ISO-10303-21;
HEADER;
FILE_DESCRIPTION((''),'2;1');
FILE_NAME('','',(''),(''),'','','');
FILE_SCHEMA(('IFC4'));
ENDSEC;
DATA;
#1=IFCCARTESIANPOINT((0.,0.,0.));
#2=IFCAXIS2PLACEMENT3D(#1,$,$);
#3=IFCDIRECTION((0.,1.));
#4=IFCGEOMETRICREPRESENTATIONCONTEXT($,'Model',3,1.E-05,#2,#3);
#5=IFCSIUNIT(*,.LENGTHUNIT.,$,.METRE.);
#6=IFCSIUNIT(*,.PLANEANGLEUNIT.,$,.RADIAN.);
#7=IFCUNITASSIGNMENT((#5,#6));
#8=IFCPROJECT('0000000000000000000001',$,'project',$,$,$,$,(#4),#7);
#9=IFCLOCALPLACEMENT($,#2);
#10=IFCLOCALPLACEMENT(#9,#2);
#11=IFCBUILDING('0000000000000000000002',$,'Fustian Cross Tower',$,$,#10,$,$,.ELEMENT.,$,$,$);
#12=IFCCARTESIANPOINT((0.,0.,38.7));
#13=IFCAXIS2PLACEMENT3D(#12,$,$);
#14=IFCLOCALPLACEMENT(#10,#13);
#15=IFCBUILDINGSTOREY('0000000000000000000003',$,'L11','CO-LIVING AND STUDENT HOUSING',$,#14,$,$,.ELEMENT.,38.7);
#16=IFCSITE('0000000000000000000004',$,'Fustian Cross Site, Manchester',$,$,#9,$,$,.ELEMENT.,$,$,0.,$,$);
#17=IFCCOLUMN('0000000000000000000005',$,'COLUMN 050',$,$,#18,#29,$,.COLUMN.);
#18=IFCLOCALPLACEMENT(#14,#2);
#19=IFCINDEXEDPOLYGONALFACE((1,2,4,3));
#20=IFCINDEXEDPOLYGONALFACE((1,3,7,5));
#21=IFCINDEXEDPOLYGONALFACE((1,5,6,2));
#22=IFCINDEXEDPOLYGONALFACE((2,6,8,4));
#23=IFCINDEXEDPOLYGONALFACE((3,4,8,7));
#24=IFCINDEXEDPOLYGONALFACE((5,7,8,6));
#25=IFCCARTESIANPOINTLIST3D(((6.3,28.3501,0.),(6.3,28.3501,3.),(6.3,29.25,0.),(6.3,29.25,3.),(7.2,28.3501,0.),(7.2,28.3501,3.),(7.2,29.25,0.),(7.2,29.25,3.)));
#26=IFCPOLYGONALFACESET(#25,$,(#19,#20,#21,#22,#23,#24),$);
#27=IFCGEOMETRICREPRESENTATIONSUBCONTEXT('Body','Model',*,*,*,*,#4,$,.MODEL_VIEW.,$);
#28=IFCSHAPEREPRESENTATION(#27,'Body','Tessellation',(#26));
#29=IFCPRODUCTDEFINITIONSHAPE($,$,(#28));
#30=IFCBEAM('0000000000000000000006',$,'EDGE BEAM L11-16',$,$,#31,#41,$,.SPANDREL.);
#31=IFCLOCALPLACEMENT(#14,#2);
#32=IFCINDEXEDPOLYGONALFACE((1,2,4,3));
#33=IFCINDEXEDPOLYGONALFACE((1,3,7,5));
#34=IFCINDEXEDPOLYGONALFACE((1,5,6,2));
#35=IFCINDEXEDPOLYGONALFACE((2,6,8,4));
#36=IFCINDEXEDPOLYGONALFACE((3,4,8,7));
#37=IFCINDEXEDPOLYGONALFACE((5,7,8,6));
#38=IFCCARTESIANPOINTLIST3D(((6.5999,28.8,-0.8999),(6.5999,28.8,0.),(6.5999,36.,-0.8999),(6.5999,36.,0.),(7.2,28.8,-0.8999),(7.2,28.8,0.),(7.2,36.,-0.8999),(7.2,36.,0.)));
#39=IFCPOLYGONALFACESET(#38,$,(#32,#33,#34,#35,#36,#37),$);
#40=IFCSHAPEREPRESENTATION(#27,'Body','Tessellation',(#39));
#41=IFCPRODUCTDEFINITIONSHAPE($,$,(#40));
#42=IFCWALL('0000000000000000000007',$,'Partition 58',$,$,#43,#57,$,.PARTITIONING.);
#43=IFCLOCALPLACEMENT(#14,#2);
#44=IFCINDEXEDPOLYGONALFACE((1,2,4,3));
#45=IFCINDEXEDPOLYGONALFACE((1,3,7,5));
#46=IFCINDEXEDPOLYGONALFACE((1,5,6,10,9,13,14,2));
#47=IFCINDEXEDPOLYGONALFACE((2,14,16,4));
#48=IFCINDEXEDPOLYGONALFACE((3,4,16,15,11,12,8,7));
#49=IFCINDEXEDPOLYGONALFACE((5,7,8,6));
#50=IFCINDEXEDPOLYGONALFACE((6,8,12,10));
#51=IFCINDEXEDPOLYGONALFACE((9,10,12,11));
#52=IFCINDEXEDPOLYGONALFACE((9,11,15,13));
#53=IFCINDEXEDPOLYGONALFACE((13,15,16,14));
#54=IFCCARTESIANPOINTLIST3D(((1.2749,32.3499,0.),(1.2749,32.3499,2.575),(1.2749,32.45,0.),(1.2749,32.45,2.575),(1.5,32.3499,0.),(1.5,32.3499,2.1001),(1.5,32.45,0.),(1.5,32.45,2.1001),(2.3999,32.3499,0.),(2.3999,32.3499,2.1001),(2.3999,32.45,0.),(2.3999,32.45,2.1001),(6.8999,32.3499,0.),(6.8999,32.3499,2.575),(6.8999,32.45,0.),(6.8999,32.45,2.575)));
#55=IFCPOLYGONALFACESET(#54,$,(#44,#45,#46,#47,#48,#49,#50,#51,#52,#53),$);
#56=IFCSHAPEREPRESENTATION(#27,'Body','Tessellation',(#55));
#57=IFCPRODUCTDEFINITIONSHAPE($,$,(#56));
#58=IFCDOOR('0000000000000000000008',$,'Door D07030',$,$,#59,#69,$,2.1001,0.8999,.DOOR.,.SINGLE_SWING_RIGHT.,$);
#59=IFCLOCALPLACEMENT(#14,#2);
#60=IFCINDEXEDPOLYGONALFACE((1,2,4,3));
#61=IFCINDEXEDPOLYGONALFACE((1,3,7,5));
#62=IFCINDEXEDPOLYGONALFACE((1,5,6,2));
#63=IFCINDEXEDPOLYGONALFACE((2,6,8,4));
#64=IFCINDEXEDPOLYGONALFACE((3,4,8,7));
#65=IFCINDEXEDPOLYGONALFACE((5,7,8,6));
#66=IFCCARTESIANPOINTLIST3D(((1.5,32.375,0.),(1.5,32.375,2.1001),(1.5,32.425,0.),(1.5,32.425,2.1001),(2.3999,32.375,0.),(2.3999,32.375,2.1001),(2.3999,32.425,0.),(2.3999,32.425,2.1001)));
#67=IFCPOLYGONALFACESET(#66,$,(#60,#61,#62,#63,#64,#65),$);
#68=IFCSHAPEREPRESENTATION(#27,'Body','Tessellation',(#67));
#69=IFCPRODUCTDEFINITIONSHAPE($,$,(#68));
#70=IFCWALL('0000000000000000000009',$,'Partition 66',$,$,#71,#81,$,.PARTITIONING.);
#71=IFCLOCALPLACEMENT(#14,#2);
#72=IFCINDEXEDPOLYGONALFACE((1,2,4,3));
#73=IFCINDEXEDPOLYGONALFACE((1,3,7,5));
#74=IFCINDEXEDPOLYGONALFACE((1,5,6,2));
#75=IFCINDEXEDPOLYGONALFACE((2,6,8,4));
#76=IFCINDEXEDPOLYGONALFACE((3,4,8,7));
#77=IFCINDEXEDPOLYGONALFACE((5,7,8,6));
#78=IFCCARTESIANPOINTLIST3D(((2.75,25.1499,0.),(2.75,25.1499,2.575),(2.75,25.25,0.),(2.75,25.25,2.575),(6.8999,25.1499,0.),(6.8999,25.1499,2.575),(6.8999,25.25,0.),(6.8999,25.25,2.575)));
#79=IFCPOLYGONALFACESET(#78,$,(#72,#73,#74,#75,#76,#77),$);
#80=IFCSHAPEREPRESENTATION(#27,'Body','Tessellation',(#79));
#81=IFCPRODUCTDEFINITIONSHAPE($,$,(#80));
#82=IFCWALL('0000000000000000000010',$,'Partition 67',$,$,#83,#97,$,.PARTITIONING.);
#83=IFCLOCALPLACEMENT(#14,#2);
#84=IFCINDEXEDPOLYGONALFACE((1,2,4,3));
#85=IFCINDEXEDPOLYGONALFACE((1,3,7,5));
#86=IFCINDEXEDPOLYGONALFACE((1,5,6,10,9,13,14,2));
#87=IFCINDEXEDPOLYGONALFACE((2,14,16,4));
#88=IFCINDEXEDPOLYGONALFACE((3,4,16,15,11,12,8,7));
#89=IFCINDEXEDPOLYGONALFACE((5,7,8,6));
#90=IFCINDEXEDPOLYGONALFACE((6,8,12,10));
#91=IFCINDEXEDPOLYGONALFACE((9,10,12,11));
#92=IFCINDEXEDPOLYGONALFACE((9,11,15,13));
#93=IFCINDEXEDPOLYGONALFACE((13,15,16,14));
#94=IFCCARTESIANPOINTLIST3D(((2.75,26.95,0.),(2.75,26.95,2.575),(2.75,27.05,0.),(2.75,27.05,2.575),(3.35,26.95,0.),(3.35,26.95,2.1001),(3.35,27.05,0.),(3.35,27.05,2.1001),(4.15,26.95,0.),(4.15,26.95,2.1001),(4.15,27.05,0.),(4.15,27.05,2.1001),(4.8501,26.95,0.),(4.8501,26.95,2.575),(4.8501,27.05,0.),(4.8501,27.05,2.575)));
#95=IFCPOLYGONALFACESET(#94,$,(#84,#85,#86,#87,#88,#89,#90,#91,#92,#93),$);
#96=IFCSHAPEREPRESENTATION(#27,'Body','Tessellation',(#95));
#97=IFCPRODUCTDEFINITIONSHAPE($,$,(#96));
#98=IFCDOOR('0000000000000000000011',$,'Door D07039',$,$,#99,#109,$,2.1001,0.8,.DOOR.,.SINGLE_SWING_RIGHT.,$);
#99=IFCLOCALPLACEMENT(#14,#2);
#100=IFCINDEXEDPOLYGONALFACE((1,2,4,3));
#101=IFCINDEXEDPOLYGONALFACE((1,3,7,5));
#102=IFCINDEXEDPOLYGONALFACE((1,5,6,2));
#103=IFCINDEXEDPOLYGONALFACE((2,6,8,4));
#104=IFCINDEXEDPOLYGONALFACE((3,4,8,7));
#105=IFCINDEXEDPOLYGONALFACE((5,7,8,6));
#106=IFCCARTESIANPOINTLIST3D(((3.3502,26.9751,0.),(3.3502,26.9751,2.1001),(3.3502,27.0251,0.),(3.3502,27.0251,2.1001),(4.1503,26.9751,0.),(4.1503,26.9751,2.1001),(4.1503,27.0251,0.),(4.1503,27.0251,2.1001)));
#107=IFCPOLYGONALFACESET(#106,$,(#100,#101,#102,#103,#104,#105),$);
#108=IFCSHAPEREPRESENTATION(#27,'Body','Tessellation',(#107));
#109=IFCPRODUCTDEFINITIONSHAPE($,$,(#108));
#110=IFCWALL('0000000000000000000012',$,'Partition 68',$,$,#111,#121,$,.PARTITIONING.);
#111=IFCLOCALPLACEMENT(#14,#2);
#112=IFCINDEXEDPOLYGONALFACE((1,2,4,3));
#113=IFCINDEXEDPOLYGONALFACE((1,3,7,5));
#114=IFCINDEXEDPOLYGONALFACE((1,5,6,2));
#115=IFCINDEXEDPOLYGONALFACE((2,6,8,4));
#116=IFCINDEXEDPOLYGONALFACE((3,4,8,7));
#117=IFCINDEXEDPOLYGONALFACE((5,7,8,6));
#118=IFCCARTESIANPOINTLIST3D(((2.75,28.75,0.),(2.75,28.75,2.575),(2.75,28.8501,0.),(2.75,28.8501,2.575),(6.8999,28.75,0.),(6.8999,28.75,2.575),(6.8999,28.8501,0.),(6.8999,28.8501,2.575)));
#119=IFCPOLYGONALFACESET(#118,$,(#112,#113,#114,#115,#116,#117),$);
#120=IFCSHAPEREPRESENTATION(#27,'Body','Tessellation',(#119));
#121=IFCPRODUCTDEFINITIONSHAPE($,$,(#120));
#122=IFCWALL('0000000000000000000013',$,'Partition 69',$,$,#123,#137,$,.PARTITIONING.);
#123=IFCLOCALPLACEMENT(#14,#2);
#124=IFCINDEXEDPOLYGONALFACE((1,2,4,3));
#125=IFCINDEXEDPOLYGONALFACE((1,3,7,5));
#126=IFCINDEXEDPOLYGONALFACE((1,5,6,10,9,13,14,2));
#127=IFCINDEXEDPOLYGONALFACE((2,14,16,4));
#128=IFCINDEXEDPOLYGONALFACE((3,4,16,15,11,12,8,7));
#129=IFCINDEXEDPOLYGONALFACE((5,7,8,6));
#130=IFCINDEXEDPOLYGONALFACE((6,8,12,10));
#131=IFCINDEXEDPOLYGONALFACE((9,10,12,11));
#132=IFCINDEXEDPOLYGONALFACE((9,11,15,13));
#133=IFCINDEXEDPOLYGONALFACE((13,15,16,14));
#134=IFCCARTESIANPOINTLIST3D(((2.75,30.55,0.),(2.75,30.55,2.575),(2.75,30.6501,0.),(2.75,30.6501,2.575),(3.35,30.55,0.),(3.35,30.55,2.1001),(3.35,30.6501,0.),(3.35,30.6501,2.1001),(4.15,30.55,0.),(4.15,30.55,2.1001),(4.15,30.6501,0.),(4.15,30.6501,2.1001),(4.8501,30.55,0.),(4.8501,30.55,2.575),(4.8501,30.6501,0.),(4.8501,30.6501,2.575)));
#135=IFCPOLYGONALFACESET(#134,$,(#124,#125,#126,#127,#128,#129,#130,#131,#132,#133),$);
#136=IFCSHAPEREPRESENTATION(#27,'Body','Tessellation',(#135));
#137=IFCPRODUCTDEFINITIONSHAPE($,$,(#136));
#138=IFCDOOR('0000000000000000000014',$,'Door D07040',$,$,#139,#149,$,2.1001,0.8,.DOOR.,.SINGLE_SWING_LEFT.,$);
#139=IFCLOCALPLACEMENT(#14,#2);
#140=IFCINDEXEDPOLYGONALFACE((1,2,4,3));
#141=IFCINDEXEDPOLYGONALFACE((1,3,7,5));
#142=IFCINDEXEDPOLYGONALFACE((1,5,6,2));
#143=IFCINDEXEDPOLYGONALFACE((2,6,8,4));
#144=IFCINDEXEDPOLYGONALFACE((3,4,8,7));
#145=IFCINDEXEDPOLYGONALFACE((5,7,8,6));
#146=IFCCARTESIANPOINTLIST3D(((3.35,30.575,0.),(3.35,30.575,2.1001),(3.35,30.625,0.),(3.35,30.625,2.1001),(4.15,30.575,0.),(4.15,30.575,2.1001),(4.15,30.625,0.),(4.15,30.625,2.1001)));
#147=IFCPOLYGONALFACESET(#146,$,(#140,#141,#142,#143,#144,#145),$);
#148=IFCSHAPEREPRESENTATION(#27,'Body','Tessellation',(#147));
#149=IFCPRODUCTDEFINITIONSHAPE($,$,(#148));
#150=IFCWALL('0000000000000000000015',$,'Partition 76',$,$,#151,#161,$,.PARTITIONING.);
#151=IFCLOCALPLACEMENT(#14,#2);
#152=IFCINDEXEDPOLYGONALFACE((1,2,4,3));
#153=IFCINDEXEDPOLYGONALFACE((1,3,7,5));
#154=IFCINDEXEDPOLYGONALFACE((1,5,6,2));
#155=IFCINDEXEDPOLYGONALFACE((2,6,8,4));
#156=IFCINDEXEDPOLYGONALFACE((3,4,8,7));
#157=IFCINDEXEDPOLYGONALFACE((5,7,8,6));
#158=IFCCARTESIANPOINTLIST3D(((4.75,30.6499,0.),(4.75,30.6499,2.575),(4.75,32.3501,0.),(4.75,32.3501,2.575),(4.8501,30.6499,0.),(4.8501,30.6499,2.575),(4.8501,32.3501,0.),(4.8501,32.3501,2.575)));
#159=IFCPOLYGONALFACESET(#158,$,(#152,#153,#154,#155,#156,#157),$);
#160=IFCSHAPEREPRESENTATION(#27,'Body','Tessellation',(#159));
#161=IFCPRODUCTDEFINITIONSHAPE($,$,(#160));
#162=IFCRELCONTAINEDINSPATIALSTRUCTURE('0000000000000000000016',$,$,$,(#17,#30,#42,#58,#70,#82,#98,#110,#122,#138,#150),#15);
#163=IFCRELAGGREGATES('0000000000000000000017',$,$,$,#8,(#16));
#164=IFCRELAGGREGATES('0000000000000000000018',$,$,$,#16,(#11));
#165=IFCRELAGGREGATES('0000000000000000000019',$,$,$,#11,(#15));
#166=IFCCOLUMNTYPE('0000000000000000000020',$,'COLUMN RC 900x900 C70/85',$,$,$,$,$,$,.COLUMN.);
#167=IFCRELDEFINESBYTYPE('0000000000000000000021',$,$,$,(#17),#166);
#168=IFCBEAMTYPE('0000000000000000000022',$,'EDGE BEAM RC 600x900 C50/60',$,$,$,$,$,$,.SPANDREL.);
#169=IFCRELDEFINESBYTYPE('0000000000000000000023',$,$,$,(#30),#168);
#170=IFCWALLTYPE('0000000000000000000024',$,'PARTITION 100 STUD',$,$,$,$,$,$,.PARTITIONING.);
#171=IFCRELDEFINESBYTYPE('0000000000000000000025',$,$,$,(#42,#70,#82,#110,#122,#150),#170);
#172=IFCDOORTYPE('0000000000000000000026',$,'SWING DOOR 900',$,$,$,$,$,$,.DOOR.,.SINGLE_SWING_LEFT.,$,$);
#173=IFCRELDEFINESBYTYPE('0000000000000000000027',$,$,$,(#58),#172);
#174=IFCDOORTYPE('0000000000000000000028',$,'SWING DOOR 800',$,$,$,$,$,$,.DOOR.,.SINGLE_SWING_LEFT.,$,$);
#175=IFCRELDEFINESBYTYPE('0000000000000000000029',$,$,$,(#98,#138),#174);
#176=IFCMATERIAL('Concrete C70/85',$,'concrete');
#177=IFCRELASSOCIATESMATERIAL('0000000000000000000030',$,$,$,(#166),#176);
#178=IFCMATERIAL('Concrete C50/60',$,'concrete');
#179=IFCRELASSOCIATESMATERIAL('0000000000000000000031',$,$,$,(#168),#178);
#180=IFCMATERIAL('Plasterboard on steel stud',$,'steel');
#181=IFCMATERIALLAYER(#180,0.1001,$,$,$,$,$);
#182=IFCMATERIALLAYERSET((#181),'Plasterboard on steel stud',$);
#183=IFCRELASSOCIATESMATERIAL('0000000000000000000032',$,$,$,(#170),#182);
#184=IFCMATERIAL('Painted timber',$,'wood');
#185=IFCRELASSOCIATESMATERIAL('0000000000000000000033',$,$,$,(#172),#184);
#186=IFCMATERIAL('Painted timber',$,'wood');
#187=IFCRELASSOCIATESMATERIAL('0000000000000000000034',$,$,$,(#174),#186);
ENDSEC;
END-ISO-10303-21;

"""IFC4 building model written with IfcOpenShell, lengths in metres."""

from ifc_helpers import new_model, si_unit, direction, frame, frame_2d, origin, origin_2d, place, context, subcontext, project, spatial, rectangle, extrude, material, layer, layer_set, material_profile, profile_set, type_object, element, fill, save


model = new_model("IFC4")

# Units and contexts
model_context = context("Model", 3, precision=1e-05, world=origin(), true_north=direction((0.0, 1.0)))
body_context = subcontext(model_context, "Body", "Model", "MODEL_VIEW")
ifc_project = project(units=[si_unit("LENGTHUNIT", "METRE"), si_unit("PLANEANGLEUNIT", "RADIAN")], contexts=[model_context])

# Site, building, storey
site_placement = place(None, origin())
site = spatial("IfcSite", under=ifc_project, at=site_placement, Name="Fustian Cross Site, Manchester", CompositionType="ELEMENT", RefElevation=0.0)
building_placement = place(site_placement, origin())
building = spatial("IfcBuilding", under=site, at=building_placement, Name="Fustian Cross Tower", CompositionType="ELEMENT")
storey_placement = place(building_placement, frame((0.0, 0.0, 38.7)))
storey = spatial("IfcBuildingStorey", under=building, at=storey_placement, Name="L11", Description="CO-LIVING AND STUDENT HOUSING", CompositionType="ELEMENT", Elevation=38.7)

# Column
ifc_material_1 = material(Name="Concrete C70/85", Category="concrete")
ifc_material_profile_1 = material_profile(ifc_material_1, rectangle(XDim=0.8999, YDim=0.8999, at=origin_2d()), Name="RC 900x900")
ifc_profile_set_1 = profile_set([ifc_material_profile_1], Name="Concrete C70/85")
column_type = type_object("IfcColumnType", Name="COLUMN RC 900x900 C70/85", PredefinedType="COLUMN", material=ifc_profile_set_1)
column_placement = place(storey_placement, frame((6.75, 28.8, 0.0), z_axis=(0.0, 0.0, 1.0), x_axis=(1.0, 0.0, 0.0)))
element("IfcColumn", 1, at=column_placement, inside=storey, type_object=column_type, Name="COLUMN 050", PredefinedType="COLUMN", context=body_context, shape_type="SweptSolid", body=[
    extrude(rectangle(XDim=0.8999, YDim=0.8999, at=origin_2d()), origin(), (0.0, 0.0, 1.0), 3.0),
])

# Beam
ifc_material_2 = material(Name="Concrete C50/60", Category="concrete")
ifc_material_profile_2 = material_profile(ifc_material_2, rectangle(XDim=0.6001, YDim=0.8999, at=origin_2d()), Name="RC 600x900")
ifc_profile_set_2 = profile_set([ifc_material_profile_2], Name="Concrete C50/60")
beam_type = type_object("IfcBeamType", Name="EDGE BEAM RC 600x900 C50/60", PredefinedType="SPANDREL", material=ifc_profile_set_2)
beam_placement = place(storey_placement, frame((6.8999, 28.8, -0.45), z_axis=(0.0, 1.0, 0.0), x_axis=(-1.0, 0.0, 0.0)))
element("IfcBeam", 2, at=beam_placement, inside=storey, type_object=beam_type, Name="EDGE BEAM L11-16", PredefinedType="SPANDREL", context=body_context, shape_type="SweptSolid", body=[
    extrude(rectangle(XDim=0.6001, YDim=0.8999, at=origin_2d()), origin(), (0.0, 0.0, 1.0), 7.2),
])

# Wall, opening, door
ifc_material_3 = material(Name="Plasterboard on steel stud", Category="steel")
ifc_layer_1 = layer(ifc_material_3, 0.1001)
ifc_layer_set_1 = layer_set([ifc_layer_1], Name="Plasterboard on steel stud")
wall_type_1 = type_object("IfcWallType", Name="PARTITION 100 STUD", PredefinedType="PARTITIONING", material=ifc_layer_set_1)
wall_1_placement = place(storey_placement, frame((1.2749, 32.3999, 0.0), z_axis=(0.0, 0.0, 1.0), x_axis=(1.0, 0.0, 0.0)))
wall_1 = element("IfcWall", 3, at=wall_1_placement, inside=storey, type_object=wall_type_1, Name="Partition 58", PredefinedType="PARTITIONING", context=body_context, shape_type="SweptSolid", body=[
    extrude(rectangle(XDim=5.625, YDim=0.1001, at=frame_2d((2.8125, 0.0))), origin(), (0.0, 0.0, 1.0), 2.575),
])
opening_1_placement = place(wall_1_placement, frame((0.2251, 0.0, 0.0)))
opening_1 = element("IfcOpeningElement", 4, at=opening_1_placement, cuts=wall_1, PredefinedType="OPENING", context=body_context, shape_type="SweptSolid", body=[
    extrude(rectangle(XDim=0.8999, YDim=2.1001, at=frame_2d((0.45, 1.05))), frame((0.0, 0.0601, 0.0), z_axis=(0.0, -1.0, 0.0), x_axis=(1.0, 0.0, 0.0)), (0.0, 0.0, 1.0), 0.1201),
])
ifc_material_4 = material(Name="Painted timber", Category="wood")
door_type_1 = type_object("IfcDoorType", Name="SWING DOOR 900", OperationType="SINGLE_SWING_LEFT", PredefinedType="DOOR", material=ifc_material_4)
door_1_placement = place(opening_1_placement, frame((0.8999, 0.0, 0.0), z_axis=(0.0, 0.0, 1.0), x_axis=(-1.0, 0.0, 0.0)))
door_1 = element("IfcDoor", 5, at=door_1_placement, inside=storey, type_object=door_type_1, Name="Door D07030", OperationType="SINGLE_SWING_RIGHT", OverallHeight=2.1001, OverallWidth=0.8999, PredefinedType="DOOR", context=body_context, shape_type="SweptSolid", body=[
    extrude(rectangle(XDim=0.8999, YDim=2.1001, at=frame_2d((0.45, 1.05))), frame((0.0, 0.0249, 0.0), z_axis=(0.0, -1.0, 0.0), x_axis=(1.0, 0.0, 0.0)), (0.0, 0.0, 1.0), 0.05),
])
fill(opening_1, door_1)

# Wall
wall_2_placement = place(storey_placement, frame((2.75, 25.2, 0.0), z_axis=(0.0, 0.0, 1.0), x_axis=(1.0, 0.0, 0.0)))
element("IfcWall", 6, at=wall_2_placement, inside=storey, type_object=wall_type_1, Name="Partition 66", PredefinedType="PARTITIONING", context=body_context, shape_type="SweptSolid", body=[
    extrude(rectangle(XDim=4.1499, YDim=0.1001, at=frame_2d((2.075, 0.0))), origin(), (0.0, 0.0, 1.0), 2.575),
])

# Wall, opening, door
wall_3_placement = place(storey_placement, frame((2.75, 27.0, 0.0), z_axis=(0.0, 0.0, 1.0), x_axis=(1.0, 0.0, 0.0)))
wall_3 = element("IfcWall", 7, at=wall_3_placement, inside=storey, type_object=wall_type_1, Name="Partition 67", PredefinedType="PARTITIONING", context=body_context, shape_type="SweptSolid", body=[
    extrude(rectangle(XDim=2.1001, YDim=0.1001, at=frame_2d((1.05, 0.0))), origin(), (0.0, 0.0, 1.0), 2.575),
])
opening_2_placement = place(wall_3_placement, frame((0.6001, 0.0, 0.0)))
opening_2 = element("IfcOpeningElement", 8, at=opening_2_placement, cuts=wall_3, PredefinedType="OPENING", context=body_context, shape_type="SweptSolid", body=[
    extrude(rectangle(XDim=0.8, YDim=2.1001, at=frame_2d((0.3999, 1.05))), frame((0.0, 0.0601, 0.0), z_axis=(0.0, -1.0, 0.0), x_axis=(1.0, 0.0, 0.0)), (0.0, 0.0, 1.0), 0.1201),
])
ifc_material_5 = material(Name="Painted timber", Category="wood")
door_type_2 = type_object("IfcDoorType", Name="SWING DOOR 800", OperationType="SINGLE_SWING_LEFT", PredefinedType="DOOR", material=ifc_material_5)
door_2_placement = place(opening_2_placement, frame((0.8, 0.0, 0.0), z_axis=(0.0, 0.0, 1.0), x_axis=(-1.0, 0.0, 0.0)))
door_2 = element("IfcDoor", 9, at=door_2_placement, inside=storey, type_object=door_type_2, Name="Door D07039", OperationType="SINGLE_SWING_RIGHT", OverallHeight=2.1001, OverallWidth=0.8, PredefinedType="DOOR", context=body_context, shape_type="SweptSolid", body=[
    extrude(rectangle(XDim=0.8, YDim=2.1001, at=frame_2d((0.3999, 1.05))), frame((0.0, 0.0249, 0.0), z_axis=(0.0, -1.0, 0.0), x_axis=(1.0, 0.0, 0.0)), (0.0, 0.0, 1.0), 0.05),
])
fill(opening_2, door_2)

# Wall
wall_4_placement = place(storey_placement, frame((2.75, 28.8, 0.0), z_axis=(0.0, 0.0, 1.0), x_axis=(1.0, 0.0, 0.0)))
element("IfcWall", 10, at=wall_4_placement, inside=storey, type_object=wall_type_1, Name="Partition 68", PredefinedType="PARTITIONING", context=body_context, shape_type="SweptSolid", body=[
    extrude(rectangle(XDim=4.1499, YDim=0.1001, at=frame_2d((2.075, 0.0))), origin(), (0.0, 0.0, 1.0), 2.575),
])

# Wall, opening, door
wall_5_placement = place(storey_placement, frame((2.75, 30.6001, 0.0), z_axis=(0.0, 0.0, 1.0), x_axis=(1.0, 0.0, 0.0)))
wall_5 = element("IfcWall", 11, at=wall_5_placement, inside=storey, type_object=wall_type_1, Name="Partition 69", PredefinedType="PARTITIONING", context=body_context, shape_type="SweptSolid", body=[
    extrude(rectangle(XDim=2.1001, YDim=0.1001, at=frame_2d((1.05, 0.0))), origin(), (0.0, 0.0, 1.0), 2.575),
])
opening_3_placement = place(wall_5_placement, frame((0.6001, 0.0, 0.0)))
opening_3 = element("IfcOpeningElement", 12, at=opening_3_placement, cuts=wall_5, PredefinedType="OPENING", context=body_context, shape_type="SweptSolid", body=[
    extrude(rectangle(XDim=0.8, YDim=2.1001, at=frame_2d((0.3999, 1.05))), frame((0.0, 0.0601, 0.0), z_axis=(0.0, -1.0, 0.0), x_axis=(1.0, 0.0, 0.0)), (0.0, 0.0, 1.0), 0.1201),
])
door_3_placement = place(opening_3_placement, origin())
door_3 = element("IfcDoor", 13, at=door_3_placement, inside=storey, type_object=door_type_2, Name="Door D07040", OperationType="SINGLE_SWING_LEFT", OverallHeight=2.1001, OverallWidth=0.8, PredefinedType="DOOR", context=body_context, shape_type="SweptSolid", body=[
    extrude(rectangle(XDim=0.8, YDim=2.1001, at=frame_2d((0.3999, 1.05))), frame((0.0, 0.0249, 0.0), z_axis=(0.0, -1.0, 0.0), x_axis=(1.0, 0.0, 0.0)), (0.0, 0.0, 1.0), 0.05),
])
fill(opening_3, door_3)

# Wall
wall_6_placement = place(storey_placement, frame((4.8, 30.6499, 0.0), z_axis=(0.0, 0.0, 1.0), x_axis=(0.0, 1.0, 0.0)))
element("IfcWall", 14, at=wall_6_placement, inside=storey, type_object=wall_type_1, Name="Partition 76", PredefinedType="PARTITIONING", context=body_context, shape_type="SweptSolid", body=[
    extrude(rectangle(XDim=1.7002, YDim=0.1001, at=frame_2d((0.8501, 0.0))), origin(), (0.0, 0.0, 1.0), 2.575),
])

save(model, "model.ifc")
